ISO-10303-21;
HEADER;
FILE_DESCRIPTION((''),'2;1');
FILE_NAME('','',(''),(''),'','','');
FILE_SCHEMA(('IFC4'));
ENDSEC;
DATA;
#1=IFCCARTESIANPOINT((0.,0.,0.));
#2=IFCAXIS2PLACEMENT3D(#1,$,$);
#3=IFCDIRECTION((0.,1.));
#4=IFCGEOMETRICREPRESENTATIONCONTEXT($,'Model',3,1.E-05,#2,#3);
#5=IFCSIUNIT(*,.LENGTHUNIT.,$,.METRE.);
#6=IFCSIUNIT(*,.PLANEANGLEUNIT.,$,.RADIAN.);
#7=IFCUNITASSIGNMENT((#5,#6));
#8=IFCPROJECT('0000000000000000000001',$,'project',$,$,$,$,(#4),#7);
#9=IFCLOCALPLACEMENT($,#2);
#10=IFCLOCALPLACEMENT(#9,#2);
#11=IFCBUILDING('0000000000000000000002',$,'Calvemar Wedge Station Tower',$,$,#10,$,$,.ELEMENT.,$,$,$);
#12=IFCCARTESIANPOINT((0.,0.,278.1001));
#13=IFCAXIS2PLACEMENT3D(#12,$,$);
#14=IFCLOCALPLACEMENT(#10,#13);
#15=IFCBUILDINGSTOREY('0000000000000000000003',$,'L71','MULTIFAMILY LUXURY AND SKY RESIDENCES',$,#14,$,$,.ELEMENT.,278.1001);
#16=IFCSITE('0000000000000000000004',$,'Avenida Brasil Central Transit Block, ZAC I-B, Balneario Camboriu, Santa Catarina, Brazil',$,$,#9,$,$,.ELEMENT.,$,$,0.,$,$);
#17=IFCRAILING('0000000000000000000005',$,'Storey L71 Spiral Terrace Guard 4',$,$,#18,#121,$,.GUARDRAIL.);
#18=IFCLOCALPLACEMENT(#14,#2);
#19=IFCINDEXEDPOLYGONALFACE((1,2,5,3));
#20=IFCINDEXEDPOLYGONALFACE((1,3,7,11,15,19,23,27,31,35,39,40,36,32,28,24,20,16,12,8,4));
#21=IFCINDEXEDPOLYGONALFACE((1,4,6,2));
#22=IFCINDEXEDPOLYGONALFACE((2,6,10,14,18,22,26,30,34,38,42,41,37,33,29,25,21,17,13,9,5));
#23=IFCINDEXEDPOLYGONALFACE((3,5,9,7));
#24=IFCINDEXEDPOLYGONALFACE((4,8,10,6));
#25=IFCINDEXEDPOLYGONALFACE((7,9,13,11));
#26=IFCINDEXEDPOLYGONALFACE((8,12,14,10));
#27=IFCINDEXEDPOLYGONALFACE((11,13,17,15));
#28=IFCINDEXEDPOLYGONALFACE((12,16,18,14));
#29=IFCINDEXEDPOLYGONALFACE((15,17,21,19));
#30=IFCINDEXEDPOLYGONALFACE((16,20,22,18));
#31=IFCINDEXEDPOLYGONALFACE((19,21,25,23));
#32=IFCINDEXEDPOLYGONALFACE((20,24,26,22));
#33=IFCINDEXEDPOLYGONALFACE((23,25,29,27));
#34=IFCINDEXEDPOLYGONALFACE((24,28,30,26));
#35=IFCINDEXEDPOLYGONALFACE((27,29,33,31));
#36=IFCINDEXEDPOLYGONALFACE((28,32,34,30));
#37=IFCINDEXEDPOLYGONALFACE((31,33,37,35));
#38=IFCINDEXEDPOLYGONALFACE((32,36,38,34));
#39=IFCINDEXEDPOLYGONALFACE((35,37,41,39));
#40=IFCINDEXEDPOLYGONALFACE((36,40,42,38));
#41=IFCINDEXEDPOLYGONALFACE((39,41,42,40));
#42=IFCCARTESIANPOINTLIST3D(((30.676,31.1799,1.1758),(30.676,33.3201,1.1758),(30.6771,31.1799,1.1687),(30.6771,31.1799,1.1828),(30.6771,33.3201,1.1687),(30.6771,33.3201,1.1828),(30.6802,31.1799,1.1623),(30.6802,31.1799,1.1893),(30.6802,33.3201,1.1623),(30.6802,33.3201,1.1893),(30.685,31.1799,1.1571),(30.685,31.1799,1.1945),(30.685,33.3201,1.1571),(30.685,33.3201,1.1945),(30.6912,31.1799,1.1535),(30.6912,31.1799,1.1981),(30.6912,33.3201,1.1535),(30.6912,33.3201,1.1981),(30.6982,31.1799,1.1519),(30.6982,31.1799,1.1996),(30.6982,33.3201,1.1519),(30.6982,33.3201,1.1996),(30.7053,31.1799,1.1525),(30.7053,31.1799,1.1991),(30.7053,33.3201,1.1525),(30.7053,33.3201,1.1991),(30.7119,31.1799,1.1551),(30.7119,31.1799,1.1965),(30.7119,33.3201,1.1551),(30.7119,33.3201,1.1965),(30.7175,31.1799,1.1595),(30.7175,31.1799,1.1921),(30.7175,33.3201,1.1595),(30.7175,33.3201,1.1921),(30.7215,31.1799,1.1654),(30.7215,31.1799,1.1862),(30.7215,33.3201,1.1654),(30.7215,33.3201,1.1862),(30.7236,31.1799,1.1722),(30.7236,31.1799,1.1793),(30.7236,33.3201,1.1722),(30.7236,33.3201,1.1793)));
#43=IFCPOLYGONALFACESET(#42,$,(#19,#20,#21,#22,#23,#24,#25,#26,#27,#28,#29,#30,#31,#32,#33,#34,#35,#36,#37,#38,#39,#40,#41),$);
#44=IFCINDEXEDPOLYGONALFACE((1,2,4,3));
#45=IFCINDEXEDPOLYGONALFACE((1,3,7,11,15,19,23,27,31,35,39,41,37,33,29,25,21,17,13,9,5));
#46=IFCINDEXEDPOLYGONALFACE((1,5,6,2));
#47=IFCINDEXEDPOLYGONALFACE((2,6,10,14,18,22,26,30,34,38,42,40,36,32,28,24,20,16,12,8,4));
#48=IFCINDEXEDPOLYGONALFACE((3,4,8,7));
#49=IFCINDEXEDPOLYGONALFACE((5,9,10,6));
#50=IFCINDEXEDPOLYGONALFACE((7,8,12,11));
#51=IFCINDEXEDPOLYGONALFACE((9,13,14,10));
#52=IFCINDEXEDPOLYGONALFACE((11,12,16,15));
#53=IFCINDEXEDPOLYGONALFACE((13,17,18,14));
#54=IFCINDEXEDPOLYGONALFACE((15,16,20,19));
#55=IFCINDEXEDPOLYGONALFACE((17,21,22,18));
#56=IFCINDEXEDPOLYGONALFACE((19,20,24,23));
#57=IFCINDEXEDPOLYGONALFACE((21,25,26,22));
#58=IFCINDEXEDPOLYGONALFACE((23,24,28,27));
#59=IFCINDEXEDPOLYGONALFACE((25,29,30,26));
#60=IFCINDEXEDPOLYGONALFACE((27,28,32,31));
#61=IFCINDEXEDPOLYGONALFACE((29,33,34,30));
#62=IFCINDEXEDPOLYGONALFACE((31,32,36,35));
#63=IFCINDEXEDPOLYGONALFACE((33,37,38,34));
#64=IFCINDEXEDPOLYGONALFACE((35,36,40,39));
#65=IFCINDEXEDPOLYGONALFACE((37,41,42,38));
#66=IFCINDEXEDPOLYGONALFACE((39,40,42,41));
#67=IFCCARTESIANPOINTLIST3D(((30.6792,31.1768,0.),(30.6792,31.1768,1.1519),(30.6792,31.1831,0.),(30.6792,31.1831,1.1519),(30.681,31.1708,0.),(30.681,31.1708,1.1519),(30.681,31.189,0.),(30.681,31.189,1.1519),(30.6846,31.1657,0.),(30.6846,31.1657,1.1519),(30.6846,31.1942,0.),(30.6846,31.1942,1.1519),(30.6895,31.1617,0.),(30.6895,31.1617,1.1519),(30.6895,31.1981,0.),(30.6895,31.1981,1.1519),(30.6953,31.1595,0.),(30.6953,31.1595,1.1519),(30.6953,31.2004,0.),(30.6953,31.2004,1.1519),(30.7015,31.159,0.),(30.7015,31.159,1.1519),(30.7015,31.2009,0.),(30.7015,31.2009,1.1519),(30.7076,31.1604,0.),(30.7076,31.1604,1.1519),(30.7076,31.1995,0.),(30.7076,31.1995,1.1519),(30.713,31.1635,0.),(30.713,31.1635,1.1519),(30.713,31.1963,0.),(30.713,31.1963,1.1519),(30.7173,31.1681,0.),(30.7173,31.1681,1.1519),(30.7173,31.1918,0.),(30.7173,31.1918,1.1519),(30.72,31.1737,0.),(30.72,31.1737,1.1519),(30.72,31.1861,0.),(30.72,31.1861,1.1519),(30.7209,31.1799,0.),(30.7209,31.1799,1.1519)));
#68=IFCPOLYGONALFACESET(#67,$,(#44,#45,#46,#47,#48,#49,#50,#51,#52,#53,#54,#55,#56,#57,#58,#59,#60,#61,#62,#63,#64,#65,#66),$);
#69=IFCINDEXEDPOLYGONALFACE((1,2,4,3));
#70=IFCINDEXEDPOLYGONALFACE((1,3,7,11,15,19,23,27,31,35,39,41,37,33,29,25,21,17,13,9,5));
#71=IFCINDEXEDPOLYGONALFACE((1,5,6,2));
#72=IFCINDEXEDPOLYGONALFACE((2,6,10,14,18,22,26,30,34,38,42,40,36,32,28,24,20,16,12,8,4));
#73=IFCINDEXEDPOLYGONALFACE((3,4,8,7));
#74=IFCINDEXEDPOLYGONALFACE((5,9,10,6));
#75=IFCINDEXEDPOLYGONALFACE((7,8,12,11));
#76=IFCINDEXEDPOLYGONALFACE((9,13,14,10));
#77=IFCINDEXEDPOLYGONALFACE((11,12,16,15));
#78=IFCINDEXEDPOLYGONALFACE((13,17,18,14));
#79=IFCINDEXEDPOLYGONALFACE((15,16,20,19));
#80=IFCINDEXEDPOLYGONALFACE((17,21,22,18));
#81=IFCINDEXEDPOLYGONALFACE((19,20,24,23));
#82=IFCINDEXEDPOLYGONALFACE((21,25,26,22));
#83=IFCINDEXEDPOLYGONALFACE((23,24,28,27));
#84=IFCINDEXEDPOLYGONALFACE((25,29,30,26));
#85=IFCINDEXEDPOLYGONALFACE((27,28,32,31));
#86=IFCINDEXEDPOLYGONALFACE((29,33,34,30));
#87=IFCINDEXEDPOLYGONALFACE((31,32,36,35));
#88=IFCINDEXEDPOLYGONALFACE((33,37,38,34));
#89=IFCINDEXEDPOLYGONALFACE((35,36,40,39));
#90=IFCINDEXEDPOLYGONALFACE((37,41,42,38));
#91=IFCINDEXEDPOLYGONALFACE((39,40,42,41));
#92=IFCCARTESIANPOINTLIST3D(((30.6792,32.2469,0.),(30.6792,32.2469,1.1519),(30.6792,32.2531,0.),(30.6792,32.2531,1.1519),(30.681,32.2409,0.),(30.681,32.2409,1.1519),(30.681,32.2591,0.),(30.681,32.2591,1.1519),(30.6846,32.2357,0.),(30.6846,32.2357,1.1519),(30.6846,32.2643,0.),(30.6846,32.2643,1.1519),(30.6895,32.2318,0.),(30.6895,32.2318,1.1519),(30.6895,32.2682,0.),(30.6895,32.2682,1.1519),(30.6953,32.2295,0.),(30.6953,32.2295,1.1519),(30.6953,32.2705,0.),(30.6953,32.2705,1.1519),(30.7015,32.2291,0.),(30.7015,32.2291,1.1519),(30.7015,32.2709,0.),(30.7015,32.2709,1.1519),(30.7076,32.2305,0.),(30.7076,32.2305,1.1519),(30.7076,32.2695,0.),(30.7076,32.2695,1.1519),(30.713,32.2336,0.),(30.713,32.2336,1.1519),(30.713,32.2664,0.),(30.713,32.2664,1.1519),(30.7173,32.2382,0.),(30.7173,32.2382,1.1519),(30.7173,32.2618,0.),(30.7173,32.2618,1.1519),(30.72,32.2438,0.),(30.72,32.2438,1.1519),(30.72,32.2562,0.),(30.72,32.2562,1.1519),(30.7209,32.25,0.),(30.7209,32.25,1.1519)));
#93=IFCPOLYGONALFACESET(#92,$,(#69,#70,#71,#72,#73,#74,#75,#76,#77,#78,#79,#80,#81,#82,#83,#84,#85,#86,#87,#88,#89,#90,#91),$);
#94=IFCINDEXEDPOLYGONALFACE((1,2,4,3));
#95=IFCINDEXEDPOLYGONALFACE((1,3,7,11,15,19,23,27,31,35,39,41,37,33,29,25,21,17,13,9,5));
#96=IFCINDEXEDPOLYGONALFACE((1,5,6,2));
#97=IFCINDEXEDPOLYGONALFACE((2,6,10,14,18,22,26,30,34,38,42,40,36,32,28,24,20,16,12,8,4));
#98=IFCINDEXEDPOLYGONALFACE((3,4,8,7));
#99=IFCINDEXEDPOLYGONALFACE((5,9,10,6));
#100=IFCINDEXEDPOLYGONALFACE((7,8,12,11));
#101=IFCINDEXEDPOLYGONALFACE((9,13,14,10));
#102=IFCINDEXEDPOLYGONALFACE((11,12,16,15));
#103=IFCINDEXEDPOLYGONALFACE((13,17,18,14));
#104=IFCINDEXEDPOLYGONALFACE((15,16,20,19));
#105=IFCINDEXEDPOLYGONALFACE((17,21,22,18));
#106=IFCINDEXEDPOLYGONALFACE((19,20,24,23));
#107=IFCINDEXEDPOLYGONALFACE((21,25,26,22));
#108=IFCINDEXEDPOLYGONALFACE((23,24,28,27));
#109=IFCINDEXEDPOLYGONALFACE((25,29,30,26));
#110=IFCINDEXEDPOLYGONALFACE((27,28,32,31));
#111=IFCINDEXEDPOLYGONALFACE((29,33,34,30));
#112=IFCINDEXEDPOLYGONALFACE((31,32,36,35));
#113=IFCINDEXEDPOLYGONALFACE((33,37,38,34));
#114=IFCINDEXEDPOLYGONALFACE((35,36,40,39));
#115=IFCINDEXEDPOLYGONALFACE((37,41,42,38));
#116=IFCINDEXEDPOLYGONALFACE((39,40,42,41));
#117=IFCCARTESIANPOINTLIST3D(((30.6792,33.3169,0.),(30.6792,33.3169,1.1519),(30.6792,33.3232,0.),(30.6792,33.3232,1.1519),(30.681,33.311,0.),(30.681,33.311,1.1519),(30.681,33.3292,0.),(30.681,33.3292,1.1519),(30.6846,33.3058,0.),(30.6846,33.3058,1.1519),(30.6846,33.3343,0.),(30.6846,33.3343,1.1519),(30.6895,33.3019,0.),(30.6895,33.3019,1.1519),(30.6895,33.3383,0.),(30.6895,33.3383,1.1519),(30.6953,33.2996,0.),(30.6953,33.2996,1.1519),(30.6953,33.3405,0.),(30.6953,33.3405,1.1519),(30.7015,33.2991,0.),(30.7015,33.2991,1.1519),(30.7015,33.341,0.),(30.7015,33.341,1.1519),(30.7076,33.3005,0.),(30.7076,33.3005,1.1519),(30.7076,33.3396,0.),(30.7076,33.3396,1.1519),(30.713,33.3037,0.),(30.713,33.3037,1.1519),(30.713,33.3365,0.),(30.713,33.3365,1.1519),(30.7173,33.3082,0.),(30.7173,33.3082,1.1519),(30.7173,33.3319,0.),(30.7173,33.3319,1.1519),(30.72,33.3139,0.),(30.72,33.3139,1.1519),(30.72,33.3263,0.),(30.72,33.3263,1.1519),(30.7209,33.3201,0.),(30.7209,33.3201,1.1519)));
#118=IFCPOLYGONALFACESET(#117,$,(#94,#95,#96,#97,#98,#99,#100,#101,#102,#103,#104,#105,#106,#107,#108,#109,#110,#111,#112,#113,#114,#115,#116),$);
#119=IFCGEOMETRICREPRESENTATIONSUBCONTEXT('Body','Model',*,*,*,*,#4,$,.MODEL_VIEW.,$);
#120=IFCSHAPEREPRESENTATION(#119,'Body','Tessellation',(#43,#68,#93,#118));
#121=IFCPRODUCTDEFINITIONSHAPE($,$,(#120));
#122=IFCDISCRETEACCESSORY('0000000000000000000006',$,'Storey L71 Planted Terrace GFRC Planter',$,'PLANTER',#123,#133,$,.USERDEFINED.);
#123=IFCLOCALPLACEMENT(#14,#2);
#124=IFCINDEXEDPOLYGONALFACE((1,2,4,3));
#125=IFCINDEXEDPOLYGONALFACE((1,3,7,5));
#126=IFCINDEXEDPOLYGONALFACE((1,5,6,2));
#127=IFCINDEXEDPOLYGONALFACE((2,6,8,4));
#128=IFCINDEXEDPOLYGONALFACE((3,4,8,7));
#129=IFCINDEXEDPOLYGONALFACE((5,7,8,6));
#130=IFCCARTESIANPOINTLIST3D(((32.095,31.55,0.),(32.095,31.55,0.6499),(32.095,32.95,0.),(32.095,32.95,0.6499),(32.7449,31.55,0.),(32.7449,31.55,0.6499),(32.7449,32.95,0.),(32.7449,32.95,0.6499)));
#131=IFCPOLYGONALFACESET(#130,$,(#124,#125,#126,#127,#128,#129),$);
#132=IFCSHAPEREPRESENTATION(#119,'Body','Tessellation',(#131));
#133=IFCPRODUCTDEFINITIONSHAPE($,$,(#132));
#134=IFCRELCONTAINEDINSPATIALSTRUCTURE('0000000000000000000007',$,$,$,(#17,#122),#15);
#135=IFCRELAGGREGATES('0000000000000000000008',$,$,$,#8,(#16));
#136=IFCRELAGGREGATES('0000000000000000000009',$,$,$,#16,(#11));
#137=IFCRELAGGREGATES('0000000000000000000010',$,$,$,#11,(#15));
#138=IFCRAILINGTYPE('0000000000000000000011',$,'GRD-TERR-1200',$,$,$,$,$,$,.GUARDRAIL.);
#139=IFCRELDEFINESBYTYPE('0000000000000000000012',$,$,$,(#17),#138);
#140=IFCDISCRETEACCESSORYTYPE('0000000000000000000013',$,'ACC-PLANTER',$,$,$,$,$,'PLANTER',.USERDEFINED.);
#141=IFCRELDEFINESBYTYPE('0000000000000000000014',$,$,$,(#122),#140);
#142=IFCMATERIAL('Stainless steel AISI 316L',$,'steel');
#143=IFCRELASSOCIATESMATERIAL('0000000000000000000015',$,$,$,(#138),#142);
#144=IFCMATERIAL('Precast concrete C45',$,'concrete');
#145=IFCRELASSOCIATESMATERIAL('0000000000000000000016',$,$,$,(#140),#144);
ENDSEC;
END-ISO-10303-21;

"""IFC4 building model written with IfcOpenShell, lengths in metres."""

from ifc_helpers import new_model, si_unit, direction, frame, origin, origin_2d, place, context, subcontext, project, spatial, rectangle, circle, extrude, source, transform, mapped, material, type_object, element, save


model = new_model("IFC4")

# Units and contexts
model_context = context("Model", 3, precision=1e-05, world=origin(), true_north=direction((0.0, 1.0)))
body_context = subcontext(model_context, "Body", "Model", "MODEL_VIEW")
ifc_project = project(units=[si_unit("LENGTHUNIT", "METRE"), si_unit("PLANEANGLEUNIT", "RADIAN")], contexts=[model_context])

# Site, building, storey
site_placement = place(None, origin())
site = spatial("IfcSite", under=ifc_project, at=site_placement, Name="Avenida Brasil Central Transit Block, ZAC I-B, Balneario Camboriu, Santa Catarina, Brazil", CompositionType="ELEMENT", RefElevation=0.0)
building_placement = place(site_placement, origin())
building = spatial("IfcBuilding", under=site, at=building_placement, Name="Calvemar Wedge Station Tower", CompositionType="ELEMENT")
storey_placement = place(building_placement, frame((0.0, 0.0, 278.1001)))
storey = spatial("IfcBuildingStorey", under=building, at=storey_placement, Name="L71", Description="MULTIFAMILY LUXURY AND SKY RESIDENCES", CompositionType="ELEMENT", Elevation=278.1001)

# Shared definitions
ifc_material_1 = material(Name="Precast concrete C45", Category="concrete")

# Railing
ifc_material_2 = material(Name="Stainless steel AISI 316L", Category="steel")
railing_type = type_object("IfcRailingType", Name="GRD-TERR-1200", PredefinedType="GUARDRAIL", material=ifc_material_2)
railing_1_placement = place(storey_placement, frame((30.7, 31.1799, 0.0)))
element("IfcRailing", 1, at=railing_1_placement, inside=storey, type_object=railing_type, Name="Storey L71 Spiral Terrace Guard 4", PredefinedType="GUARDRAIL", context=body_context, shape_type="SweptSolid", body=[
    extrude(circle(Radius=0.0239, at=origin_2d()), frame((0.0, 0.0, 1.1758), z_axis=(0.0, 1.0, 0.0), x_axis=(-1.0, 0.0, 0.0)), (0.0, 0.0, 1.0), 2.1401),
    extrude(circle(Radius=0.021, at=origin_2d()), origin(), (0.0, 0.0, 1.0), 1.1519),
    extrude(circle(Radius=0.021, at=origin_2d()), frame((0.0, 1.0701, 0.0)), (0.0, 0.0, 1.0), 1.1519),
    extrude(circle(Radius=0.021, at=origin_2d()), frame((0.0, 2.1401, 0.0)), (0.0, 0.0, 1.0), 1.1519),
])

# Discrete accessory
discrete_accessory_type = type_object("IfcDiscreteAccessoryType", Name="ACC-PLANTER", ElementType="PLANTER", PredefinedType="USERDEFINED", material=ifc_material_1)
shared_shape_1 = source(origin(), body_context, "Body", "SweptSolid", [
    extrude(rectangle(XDim=0.6499, YDim=1.3999, at=origin_2d()), origin(), (0.0, 0.0, 1.0), 0.6499),
])
discrete_accessory_placement = place(storey_placement, frame((32.4199, 32.25, 0.0), z_axis=(0.0, 0.0, 1.0), x_axis=(1.0, 0.0, 0.0)))
element("IfcDiscreteAccessory", 2, at=discrete_accessory_placement, inside=storey, type_object=discrete_accessory_type, Name="Storey L71 Planted Terrace GFRC Planter", ObjectType="PLANTER", PredefinedType="USERDEFINED", context=body_context, shape_type="MappedRepresentation", body=[
    mapped(shared_shape_1, transform((0.0, 0.0, 0.0), scale=1.0)),
])

save(model, "model.ifc")
